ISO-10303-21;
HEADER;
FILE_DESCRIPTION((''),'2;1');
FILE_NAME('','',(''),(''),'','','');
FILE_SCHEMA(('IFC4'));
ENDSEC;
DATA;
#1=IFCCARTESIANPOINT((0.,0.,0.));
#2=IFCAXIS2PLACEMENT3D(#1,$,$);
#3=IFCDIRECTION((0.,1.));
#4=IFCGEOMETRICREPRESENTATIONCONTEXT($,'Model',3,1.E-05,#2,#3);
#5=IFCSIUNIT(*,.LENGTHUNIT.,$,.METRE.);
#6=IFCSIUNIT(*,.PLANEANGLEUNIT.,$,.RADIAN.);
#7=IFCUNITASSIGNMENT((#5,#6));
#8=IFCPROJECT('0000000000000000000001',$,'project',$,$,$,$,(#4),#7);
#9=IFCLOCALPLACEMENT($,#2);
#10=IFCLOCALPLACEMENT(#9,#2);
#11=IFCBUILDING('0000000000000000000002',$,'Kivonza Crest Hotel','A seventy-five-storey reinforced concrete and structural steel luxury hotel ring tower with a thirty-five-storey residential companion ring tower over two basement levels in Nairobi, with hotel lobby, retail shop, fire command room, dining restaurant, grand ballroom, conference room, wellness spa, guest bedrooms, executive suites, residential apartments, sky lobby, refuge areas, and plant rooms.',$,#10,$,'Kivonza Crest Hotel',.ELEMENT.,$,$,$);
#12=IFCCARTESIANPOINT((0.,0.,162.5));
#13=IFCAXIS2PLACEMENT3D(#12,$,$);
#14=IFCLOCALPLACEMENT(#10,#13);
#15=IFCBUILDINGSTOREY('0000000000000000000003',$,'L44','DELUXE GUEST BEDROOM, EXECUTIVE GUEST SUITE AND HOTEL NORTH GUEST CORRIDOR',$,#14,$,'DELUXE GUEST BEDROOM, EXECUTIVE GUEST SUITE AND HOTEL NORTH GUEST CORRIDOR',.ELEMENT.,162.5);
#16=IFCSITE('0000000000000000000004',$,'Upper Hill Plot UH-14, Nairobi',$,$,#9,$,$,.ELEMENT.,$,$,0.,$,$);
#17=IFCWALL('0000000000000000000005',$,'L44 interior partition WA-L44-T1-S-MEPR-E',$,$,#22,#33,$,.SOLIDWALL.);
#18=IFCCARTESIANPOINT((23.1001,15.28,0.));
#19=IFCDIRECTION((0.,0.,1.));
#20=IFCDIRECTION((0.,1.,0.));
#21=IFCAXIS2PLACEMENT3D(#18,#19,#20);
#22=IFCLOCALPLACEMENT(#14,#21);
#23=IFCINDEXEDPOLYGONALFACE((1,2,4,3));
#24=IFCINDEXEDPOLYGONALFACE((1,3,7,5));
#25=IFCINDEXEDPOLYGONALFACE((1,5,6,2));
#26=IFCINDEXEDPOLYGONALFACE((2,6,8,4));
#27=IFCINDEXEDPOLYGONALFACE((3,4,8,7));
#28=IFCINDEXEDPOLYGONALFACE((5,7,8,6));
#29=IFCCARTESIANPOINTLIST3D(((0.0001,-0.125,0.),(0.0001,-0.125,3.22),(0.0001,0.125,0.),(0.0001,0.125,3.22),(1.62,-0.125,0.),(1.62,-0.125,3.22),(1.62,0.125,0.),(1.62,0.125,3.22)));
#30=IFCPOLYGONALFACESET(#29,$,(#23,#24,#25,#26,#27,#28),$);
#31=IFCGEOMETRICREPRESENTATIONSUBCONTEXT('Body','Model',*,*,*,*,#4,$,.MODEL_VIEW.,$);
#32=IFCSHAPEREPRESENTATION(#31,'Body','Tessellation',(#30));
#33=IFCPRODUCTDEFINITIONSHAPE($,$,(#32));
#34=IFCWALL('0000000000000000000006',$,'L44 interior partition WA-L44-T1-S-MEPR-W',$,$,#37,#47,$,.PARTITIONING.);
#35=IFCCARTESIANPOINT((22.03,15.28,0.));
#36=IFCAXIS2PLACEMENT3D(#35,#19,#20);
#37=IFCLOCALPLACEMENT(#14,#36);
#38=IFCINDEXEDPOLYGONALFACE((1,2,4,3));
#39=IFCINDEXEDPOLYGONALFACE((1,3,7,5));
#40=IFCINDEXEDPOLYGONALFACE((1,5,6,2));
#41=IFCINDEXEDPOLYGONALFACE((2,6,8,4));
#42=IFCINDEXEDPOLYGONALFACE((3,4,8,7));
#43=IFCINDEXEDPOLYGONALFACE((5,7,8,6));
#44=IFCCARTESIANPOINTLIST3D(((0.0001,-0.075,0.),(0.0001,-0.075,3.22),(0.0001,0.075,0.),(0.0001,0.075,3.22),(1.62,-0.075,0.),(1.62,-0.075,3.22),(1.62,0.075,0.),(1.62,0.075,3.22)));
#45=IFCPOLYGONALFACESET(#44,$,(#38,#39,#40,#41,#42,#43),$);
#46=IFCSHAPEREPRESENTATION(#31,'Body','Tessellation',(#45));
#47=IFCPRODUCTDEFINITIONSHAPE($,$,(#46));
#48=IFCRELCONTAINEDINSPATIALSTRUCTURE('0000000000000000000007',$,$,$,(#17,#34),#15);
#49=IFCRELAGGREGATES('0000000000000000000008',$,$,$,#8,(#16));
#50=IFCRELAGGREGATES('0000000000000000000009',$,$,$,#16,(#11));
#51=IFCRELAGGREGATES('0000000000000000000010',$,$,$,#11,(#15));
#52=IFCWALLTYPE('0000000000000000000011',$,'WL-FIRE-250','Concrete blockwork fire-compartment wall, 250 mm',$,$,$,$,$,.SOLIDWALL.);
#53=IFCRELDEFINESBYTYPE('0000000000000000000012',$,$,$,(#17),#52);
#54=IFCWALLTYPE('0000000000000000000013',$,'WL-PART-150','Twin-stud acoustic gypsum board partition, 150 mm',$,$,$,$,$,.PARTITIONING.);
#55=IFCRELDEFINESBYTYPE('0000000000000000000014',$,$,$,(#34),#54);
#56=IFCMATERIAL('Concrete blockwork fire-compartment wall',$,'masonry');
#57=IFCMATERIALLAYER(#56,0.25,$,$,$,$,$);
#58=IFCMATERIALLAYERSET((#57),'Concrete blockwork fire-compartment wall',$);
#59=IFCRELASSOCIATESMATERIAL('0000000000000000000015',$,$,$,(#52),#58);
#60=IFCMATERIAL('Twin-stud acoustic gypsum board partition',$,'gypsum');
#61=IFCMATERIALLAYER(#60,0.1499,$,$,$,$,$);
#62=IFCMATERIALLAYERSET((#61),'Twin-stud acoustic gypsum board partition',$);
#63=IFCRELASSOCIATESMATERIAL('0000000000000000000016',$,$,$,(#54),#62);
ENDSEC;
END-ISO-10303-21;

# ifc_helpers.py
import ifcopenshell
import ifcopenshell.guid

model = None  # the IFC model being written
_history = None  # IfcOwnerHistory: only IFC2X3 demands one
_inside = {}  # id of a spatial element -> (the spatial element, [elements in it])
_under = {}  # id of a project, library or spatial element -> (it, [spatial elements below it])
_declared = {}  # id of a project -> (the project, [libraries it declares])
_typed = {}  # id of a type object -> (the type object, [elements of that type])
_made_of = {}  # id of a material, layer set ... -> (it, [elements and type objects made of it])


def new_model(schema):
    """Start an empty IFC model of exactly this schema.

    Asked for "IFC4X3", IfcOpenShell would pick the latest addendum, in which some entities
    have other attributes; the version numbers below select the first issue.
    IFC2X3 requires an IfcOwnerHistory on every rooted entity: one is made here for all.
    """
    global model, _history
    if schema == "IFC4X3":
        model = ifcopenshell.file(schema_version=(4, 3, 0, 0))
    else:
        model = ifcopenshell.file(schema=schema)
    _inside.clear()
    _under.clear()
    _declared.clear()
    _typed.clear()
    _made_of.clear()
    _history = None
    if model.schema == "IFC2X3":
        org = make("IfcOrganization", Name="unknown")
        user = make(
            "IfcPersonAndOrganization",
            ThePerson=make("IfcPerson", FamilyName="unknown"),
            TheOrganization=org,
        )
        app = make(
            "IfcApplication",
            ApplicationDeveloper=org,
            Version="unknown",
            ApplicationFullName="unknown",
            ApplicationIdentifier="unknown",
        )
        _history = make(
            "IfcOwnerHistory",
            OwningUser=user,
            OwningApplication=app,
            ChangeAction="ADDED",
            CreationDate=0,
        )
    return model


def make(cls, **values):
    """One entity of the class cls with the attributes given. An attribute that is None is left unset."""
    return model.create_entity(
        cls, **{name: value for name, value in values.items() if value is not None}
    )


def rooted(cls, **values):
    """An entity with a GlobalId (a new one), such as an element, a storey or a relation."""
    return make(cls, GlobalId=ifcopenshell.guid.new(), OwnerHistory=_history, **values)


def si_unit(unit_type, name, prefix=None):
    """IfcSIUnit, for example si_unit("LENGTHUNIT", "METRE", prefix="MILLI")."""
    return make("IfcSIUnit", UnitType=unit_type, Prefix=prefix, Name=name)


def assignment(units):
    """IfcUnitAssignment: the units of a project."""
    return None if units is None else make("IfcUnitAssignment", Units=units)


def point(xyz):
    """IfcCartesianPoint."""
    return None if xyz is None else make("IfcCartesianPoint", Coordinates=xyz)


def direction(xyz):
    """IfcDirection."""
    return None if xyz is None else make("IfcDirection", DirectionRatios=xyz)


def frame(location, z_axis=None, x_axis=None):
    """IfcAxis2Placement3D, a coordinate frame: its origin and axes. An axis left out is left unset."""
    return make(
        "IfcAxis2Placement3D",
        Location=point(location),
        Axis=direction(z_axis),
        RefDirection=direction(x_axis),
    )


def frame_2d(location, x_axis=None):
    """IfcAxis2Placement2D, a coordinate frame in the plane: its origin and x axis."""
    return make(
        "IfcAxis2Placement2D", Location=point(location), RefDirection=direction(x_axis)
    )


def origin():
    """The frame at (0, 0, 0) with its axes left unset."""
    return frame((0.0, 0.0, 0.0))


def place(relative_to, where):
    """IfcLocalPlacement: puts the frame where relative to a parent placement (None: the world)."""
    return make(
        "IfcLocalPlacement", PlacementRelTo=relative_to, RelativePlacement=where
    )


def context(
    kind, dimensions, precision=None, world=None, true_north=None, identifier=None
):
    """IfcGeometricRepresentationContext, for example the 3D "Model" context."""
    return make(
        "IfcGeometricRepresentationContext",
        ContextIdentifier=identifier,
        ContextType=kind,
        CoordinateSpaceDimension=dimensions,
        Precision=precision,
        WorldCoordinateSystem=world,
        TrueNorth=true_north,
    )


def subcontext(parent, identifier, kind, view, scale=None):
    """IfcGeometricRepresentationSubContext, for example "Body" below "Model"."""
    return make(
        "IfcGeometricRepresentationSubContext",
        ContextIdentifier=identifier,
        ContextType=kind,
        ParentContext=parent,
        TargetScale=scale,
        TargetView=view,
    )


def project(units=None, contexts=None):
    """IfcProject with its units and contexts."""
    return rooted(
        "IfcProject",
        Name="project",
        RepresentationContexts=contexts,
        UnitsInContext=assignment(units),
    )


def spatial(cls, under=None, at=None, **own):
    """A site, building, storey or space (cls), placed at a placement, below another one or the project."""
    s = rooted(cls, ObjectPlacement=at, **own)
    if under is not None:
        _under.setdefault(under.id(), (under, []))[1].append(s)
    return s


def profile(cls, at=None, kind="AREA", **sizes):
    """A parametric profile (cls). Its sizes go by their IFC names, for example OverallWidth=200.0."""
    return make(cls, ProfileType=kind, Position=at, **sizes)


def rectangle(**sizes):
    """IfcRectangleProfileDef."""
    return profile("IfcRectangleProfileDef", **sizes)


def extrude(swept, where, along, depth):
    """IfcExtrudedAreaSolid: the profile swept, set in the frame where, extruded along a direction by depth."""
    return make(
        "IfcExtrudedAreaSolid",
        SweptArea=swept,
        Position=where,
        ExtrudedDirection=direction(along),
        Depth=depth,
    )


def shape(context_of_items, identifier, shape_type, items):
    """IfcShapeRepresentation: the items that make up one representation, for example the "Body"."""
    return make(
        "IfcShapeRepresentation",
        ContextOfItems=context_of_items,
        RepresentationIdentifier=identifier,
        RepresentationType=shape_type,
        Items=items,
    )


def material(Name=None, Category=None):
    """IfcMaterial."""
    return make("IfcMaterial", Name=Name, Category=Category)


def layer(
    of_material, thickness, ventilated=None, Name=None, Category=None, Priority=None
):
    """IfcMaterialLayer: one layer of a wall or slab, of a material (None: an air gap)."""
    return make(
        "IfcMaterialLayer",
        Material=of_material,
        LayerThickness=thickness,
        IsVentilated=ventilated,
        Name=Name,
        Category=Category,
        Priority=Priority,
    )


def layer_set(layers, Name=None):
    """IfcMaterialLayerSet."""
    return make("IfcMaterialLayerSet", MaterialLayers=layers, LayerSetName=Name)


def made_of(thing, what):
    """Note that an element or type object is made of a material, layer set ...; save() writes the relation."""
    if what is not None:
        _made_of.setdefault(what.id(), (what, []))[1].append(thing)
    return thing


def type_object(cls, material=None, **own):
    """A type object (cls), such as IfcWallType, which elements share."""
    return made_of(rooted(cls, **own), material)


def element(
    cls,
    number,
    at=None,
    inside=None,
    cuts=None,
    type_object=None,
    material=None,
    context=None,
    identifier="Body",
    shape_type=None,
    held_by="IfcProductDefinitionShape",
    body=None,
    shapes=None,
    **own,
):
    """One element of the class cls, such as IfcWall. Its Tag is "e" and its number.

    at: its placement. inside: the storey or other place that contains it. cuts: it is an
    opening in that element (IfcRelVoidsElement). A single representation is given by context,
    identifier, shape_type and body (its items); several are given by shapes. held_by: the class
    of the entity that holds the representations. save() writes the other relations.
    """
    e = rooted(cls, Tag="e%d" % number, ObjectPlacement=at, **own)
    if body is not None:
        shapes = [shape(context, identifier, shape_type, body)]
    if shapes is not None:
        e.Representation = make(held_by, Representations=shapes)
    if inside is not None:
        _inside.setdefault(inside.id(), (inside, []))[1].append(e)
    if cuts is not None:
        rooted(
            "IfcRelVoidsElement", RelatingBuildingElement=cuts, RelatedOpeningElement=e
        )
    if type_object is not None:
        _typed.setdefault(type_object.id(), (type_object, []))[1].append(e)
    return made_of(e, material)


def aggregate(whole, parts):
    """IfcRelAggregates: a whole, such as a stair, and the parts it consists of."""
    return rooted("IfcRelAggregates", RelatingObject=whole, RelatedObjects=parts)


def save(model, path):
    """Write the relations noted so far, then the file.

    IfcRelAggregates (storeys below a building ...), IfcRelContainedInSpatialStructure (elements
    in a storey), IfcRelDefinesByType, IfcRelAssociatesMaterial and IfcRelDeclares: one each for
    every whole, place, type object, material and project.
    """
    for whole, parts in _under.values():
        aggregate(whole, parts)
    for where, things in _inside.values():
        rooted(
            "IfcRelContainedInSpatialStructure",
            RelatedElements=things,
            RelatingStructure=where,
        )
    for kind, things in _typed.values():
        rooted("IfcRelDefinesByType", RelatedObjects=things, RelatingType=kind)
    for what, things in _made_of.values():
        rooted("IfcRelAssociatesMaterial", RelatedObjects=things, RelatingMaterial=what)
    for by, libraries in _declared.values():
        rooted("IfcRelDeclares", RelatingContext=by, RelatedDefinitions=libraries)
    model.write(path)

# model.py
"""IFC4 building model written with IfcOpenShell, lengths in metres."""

from ifc_helpers import new_model, si_unit, direction, frame, frame_2d, origin, place, context, subcontext, project, spatial, rectangle, extrude, material, layer, layer_set, type_object, element, save


model = new_model("IFC4")

# Units and contexts
model_context = context("Model", 3, precision=1e-05, world=origin(), true_north=direction((0.0, 1.0)))
body_context = subcontext(model_context, "Body", "Model", "MODEL_VIEW")
ifc_project = project(units=[si_unit("LENGTHUNIT", "METRE"), si_unit("PLANEANGLEUNIT", "RADIAN")], contexts=[model_context])

# Site, building, storey
site_placement = place(None, origin())
site = spatial("IfcSite", under=ifc_project, at=site_placement, Name="Upper Hill Plot UH-14, Nairobi", CompositionType="ELEMENT", RefElevation=0.0)
building_placement = place(site_placement, origin())
building = spatial("IfcBuilding", under=site, at=building_placement, Name="Kivonza Crest Hotel", Description="A seventy-five-storey reinforced concrete and structural steel luxury hotel ring tower with a thirty-five-storey residential companion ring tower over two basement levels in Nairobi, with hotel lobby, retail shop, fire command room, dining restaurant, grand ballroom, conference room, wellness spa, guest bedrooms, executive suites, residential apartments, sky lobby, refuge areas, and plant rooms.", LongName="Kivonza Crest Hotel", CompositionType="ELEMENT")
storey_placement = place(building_placement, frame((0.0, 0.0, 162.5)))
storey = spatial("IfcBuildingStorey", under=building, at=storey_placement, Name="L44", Description="DELUXE GUEST BEDROOM, EXECUTIVE GUEST SUITE AND HOTEL NORTH GUEST CORRIDOR", LongName="DELUXE GUEST BEDROOM, EXECUTIVE GUEST SUITE AND HOTEL NORTH GUEST CORRIDOR", CompositionType="ELEMENT", Elevation=162.5)

# Walls
ifc_material_1 = material(Name="Concrete blockwork fire-compartment wall", Category="masonry")
ifc_layer_1 = layer(ifc_material_1, 0.25)
ifc_layer_set_1 = layer_set([ifc_layer_1], Name="Concrete blockwork fire-compartment wall")
wall_type_1 = type_object("IfcWallType", Name="WL-FIRE-250", Description="Concrete blockwork fire-compartment wall, 250 mm", PredefinedType="SOLIDWALL", material=ifc_layer_set_1)
wall_1_placement = place(storey_placement, frame((23.1001, 15.28, 0.0), z_axis=(0.0, 0.0, 1.0), x_axis=(0.0, 1.0, 0.0)))
element("IfcWall", 1, at=wall_1_placement, inside=storey, type_object=wall_type_1, Name="L44 interior partition WA-L44-T1-S-MEPR-E", PredefinedType="SOLIDWALL", context=body_context, shape_type="SweptSolid", body=[
    extrude(rectangle(XDim=1.6199, YDim=0.25, at=frame_2d((0.8101, 0.0))), origin(), (0.0, 0.0, 1.0), 3.22),
])
ifc_material_2 = material(Name="Twin-stud acoustic gypsum board partition", Category="gypsum")
ifc_layer_2 = layer(ifc_material_2, 0.1499)
ifc_layer_set_2 = layer_set([ifc_layer_2], Name="Twin-stud acoustic gypsum board partition")
wall_type_2 = type_object("IfcWallType", Name="WL-PART-150", Description="Twin-stud acoustic gypsum board partition, 150 mm", PredefinedType="PARTITIONING", material=ifc_layer_set_2)
wall_2_placement = place(storey_placement, frame((22.03, 15.28, 0.0), z_axis=(0.0, 0.0, 1.0), x_axis=(0.0, 1.0, 0.0)))
element("IfcWall", 2, at=wall_2_placement, inside=storey, type_object=wall_type_2, Name="L44 interior partition WA-L44-T1-S-MEPR-W", PredefinedType="PARTITIONING", context=body_context, shape_type="SweptSolid", body=[
    extrude(rectangle(XDim=1.6199, YDim=0.1499, at=frame_2d((0.8101, 0.0))), origin(), (0.0, 0.0, 1.0), 3.22),
])

save(model, "model.ifc")
